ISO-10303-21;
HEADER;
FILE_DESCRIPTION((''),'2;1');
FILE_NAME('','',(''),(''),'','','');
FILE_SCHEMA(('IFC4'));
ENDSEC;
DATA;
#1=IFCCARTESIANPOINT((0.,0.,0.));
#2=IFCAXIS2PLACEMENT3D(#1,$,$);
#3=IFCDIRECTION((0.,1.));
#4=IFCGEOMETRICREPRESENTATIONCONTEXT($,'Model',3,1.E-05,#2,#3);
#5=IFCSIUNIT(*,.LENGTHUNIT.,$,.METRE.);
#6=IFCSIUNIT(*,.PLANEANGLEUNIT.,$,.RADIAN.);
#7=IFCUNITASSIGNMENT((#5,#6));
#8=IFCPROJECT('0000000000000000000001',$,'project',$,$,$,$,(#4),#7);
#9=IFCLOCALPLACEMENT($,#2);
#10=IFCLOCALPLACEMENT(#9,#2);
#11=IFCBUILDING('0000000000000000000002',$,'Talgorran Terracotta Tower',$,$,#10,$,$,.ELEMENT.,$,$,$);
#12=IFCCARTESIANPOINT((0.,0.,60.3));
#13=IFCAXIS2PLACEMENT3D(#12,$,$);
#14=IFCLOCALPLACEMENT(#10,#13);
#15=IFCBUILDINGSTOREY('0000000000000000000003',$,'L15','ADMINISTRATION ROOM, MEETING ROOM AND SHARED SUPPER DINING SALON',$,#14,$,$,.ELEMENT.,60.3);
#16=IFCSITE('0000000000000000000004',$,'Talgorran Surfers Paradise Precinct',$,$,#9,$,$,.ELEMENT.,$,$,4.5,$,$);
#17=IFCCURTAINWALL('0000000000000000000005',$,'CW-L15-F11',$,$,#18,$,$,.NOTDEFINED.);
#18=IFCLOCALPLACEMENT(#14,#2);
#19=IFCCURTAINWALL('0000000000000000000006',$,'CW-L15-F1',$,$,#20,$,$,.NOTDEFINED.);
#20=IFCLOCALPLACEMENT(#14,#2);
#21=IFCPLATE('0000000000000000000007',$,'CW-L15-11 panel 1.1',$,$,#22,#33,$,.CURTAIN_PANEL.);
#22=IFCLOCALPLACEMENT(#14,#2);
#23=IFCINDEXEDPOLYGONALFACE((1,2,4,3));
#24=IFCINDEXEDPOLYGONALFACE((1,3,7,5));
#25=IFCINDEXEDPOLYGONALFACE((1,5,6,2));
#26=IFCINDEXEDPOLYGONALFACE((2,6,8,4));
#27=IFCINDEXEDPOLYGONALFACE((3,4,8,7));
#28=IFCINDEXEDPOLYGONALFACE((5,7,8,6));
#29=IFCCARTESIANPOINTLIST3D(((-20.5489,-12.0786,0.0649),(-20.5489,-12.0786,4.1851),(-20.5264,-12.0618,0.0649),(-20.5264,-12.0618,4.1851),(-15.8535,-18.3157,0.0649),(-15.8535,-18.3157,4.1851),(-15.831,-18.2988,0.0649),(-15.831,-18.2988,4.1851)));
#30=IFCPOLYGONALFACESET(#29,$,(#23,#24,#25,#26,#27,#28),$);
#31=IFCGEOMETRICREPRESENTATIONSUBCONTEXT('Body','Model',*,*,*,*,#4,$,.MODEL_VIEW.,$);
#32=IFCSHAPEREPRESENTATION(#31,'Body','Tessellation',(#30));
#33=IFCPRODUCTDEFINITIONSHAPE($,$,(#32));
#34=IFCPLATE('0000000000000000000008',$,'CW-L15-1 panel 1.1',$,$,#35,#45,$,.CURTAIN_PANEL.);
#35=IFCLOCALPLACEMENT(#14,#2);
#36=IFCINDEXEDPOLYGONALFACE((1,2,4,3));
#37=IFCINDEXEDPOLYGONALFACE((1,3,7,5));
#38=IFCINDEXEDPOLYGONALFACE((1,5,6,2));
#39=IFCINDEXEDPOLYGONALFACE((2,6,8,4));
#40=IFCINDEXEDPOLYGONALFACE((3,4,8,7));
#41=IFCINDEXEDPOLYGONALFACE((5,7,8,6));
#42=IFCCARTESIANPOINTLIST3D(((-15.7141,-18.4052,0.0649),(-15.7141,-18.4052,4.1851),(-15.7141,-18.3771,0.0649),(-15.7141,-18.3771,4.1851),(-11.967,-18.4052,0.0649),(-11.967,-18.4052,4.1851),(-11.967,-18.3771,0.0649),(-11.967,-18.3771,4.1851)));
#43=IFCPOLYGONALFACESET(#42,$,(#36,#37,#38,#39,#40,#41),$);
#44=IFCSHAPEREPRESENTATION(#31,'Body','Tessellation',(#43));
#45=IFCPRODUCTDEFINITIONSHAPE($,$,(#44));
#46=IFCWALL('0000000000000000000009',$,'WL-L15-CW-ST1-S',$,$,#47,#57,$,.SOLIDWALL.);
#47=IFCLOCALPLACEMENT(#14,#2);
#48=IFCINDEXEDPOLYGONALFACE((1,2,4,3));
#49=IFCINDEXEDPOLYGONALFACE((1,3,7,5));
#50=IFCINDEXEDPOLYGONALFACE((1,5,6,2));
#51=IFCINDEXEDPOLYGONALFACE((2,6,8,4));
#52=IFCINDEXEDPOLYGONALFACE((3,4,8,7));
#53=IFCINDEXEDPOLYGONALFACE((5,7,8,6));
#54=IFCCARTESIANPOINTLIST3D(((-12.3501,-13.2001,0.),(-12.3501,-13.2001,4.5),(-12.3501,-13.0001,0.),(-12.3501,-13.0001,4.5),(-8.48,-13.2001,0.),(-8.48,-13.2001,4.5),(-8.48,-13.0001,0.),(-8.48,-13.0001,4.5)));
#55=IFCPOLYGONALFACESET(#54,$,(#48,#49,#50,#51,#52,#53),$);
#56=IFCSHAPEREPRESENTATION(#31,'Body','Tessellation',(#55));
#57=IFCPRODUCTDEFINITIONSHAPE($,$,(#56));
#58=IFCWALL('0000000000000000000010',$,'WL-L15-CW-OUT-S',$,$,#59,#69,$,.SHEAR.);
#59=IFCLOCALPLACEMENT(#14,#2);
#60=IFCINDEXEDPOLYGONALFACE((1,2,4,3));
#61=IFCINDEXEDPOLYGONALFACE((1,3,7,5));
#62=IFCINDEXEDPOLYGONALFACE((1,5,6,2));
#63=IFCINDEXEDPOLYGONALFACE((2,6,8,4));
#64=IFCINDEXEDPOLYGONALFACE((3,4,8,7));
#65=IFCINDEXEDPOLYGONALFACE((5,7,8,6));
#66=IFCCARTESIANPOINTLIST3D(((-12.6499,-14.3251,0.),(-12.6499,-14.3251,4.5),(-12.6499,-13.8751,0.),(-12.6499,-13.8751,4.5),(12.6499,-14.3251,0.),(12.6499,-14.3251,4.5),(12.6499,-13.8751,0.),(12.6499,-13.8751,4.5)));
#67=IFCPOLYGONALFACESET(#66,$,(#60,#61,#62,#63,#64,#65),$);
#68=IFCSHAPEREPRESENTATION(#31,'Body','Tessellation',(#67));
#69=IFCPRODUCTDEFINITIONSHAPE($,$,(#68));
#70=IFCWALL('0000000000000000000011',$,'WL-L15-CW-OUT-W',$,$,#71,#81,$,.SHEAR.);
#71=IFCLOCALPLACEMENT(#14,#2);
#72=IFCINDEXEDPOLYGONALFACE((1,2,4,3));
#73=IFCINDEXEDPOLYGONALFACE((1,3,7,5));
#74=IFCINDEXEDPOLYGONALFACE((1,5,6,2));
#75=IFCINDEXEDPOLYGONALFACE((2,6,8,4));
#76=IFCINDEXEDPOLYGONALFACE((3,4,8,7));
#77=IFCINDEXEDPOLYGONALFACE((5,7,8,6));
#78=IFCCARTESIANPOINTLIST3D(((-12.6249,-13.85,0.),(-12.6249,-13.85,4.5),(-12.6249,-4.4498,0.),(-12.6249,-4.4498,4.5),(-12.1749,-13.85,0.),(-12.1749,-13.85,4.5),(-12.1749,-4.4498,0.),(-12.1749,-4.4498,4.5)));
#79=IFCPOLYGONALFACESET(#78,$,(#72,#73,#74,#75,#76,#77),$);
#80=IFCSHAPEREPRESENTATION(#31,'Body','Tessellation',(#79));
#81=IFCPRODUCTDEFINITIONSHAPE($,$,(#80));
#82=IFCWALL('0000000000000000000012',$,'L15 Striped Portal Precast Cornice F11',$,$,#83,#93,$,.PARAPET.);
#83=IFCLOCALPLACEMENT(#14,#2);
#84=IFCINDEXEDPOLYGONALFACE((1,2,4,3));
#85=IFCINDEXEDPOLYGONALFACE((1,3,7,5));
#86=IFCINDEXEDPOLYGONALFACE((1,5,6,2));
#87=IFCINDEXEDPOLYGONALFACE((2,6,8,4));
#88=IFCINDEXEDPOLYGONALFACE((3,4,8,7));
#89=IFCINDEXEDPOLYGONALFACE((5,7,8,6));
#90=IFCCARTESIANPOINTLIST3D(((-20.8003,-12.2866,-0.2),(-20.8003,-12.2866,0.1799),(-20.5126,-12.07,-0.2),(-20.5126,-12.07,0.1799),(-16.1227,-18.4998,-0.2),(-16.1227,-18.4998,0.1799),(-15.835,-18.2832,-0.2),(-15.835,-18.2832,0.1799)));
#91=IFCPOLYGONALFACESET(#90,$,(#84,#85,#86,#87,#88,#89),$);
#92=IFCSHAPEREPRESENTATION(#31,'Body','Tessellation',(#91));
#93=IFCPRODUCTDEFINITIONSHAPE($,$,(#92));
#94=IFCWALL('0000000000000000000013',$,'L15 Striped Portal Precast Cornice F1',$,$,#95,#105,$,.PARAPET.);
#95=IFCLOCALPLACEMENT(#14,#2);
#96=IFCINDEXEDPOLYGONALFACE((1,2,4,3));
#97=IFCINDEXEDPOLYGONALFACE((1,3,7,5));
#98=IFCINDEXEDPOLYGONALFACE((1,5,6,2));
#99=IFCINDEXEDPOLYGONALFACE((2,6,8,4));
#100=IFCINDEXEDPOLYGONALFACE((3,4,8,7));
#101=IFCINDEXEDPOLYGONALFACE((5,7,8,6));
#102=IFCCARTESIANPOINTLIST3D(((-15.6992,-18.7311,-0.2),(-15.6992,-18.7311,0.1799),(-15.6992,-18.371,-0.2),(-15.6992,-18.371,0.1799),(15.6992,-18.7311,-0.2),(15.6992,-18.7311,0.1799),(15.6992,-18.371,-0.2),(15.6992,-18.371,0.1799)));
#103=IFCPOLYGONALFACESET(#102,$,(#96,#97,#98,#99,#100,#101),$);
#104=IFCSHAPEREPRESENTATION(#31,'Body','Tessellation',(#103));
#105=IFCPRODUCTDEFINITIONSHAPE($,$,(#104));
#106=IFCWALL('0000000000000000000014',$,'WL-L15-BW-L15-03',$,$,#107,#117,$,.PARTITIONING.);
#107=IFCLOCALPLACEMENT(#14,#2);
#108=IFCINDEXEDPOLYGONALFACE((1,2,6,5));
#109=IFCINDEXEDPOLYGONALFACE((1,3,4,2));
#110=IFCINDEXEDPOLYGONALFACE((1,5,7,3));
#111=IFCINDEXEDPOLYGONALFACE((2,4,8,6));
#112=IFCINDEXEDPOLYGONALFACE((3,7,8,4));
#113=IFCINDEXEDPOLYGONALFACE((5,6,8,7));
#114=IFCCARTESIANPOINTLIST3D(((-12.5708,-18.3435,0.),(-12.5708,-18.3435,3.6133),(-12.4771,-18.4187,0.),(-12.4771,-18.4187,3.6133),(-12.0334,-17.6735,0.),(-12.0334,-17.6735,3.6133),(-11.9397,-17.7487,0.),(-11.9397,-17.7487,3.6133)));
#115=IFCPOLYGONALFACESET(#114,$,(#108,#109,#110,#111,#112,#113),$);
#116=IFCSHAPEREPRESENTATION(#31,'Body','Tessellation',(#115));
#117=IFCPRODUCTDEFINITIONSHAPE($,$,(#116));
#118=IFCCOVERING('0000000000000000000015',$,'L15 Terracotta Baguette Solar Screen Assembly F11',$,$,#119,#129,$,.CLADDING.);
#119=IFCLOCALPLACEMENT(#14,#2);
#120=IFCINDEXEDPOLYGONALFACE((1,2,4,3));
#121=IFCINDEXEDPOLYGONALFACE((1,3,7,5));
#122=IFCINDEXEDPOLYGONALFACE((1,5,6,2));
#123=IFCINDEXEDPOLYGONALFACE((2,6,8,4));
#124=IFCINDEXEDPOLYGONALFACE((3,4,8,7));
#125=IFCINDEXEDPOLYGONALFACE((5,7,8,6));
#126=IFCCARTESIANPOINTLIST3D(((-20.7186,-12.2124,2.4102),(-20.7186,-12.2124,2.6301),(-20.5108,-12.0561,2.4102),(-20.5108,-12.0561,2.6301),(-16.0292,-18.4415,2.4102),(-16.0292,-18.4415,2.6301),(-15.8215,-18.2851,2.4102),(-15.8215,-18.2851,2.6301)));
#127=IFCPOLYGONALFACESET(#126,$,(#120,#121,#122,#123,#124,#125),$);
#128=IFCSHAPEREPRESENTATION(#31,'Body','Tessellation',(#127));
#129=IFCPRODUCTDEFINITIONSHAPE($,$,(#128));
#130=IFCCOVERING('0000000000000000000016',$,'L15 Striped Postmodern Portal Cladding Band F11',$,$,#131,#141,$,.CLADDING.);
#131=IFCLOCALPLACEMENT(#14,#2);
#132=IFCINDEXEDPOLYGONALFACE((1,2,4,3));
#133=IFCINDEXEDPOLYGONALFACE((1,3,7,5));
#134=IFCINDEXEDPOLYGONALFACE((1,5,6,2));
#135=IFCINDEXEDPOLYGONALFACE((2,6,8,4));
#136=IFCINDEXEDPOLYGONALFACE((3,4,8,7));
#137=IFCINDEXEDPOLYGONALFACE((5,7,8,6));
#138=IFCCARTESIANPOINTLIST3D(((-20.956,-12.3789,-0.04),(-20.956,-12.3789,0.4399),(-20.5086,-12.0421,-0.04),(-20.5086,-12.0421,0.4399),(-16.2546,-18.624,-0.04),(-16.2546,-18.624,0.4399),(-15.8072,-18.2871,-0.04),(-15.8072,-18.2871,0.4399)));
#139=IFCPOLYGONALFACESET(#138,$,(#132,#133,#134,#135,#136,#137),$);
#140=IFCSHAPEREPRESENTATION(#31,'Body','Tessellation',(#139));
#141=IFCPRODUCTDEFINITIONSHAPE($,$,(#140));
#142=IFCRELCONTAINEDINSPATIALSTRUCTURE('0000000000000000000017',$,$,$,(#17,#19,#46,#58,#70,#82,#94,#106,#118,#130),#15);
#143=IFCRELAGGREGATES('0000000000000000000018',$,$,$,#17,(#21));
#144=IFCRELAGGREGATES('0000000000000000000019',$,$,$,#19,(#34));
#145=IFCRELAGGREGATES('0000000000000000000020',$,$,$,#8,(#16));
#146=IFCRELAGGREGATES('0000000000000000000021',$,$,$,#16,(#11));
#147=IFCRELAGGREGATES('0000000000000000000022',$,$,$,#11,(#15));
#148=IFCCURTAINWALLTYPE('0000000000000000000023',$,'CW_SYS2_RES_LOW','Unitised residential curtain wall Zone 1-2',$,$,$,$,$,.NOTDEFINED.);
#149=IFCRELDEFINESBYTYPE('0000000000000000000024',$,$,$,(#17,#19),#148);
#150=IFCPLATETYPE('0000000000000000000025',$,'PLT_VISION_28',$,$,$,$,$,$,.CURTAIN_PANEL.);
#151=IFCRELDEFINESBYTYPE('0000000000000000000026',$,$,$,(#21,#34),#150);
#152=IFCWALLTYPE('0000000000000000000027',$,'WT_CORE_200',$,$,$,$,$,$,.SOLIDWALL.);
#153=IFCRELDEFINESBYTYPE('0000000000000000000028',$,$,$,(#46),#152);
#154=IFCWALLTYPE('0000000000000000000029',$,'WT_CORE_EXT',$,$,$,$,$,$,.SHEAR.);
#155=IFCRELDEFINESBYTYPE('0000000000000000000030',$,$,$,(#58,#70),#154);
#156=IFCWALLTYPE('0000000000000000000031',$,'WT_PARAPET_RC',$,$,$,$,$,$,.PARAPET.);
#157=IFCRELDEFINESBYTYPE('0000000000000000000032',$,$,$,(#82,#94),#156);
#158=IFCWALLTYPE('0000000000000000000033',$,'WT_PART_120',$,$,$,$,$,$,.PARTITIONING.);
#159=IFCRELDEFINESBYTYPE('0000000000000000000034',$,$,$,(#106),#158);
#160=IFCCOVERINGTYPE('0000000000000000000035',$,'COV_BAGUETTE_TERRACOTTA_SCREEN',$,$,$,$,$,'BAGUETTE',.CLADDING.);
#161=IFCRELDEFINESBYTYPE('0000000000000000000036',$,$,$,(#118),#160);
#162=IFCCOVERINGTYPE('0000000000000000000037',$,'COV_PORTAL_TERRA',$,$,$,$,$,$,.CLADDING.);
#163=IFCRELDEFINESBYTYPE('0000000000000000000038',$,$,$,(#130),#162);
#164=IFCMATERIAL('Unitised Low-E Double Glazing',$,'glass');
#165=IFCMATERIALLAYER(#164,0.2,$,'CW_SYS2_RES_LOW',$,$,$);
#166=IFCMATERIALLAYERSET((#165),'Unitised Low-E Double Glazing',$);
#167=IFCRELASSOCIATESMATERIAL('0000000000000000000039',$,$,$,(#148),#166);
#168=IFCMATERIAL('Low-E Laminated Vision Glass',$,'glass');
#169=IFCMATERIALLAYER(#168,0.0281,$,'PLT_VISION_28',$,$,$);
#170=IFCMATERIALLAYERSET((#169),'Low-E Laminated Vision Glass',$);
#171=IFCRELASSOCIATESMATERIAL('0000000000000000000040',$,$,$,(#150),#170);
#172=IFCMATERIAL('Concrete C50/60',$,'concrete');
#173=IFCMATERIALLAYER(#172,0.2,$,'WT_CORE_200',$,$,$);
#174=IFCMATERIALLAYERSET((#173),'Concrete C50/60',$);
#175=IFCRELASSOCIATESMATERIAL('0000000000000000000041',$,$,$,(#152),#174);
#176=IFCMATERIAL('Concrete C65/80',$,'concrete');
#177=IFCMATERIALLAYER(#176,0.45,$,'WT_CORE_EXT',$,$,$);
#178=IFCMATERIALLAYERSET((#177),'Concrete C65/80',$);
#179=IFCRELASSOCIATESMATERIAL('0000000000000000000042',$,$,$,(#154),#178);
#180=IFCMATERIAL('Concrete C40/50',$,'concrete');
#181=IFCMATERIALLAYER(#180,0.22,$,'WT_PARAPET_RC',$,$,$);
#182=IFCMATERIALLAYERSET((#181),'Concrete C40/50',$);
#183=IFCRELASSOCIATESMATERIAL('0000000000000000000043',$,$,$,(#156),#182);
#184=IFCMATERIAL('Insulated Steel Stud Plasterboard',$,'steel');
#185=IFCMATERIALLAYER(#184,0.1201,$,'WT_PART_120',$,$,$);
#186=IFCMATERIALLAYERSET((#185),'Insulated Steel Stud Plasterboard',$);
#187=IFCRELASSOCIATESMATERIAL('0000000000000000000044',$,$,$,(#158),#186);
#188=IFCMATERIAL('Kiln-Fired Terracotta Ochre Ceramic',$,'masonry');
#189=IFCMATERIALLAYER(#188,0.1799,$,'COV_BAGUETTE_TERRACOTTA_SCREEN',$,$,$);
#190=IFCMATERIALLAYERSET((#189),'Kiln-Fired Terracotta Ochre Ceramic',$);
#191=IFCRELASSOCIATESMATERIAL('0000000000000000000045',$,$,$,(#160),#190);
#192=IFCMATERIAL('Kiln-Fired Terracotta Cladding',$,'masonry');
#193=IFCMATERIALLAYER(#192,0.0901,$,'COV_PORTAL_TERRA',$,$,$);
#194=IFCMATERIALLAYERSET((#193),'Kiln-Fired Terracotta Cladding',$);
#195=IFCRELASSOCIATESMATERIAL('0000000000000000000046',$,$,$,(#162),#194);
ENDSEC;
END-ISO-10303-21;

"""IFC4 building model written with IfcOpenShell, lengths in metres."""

from ifc_helpers import new_model, si_unit, direction, frame, frame_2d, origin, origin_2d, place, context, subcontext, project, spatial, rectangle, extrude, source, transform, mapped, material, layer, layer_set, type_object, type_shapes, element, aggregate, save


model = new_model("IFC4")

# Units and contexts
model_context = context("Model", 3, precision=1e-05, world=origin(), true_north=direction((0.0, 1.0)))
body_context = subcontext(model_context, "Body", "Model", "MODEL_VIEW")
ifc_project = project(units=[si_unit("LENGTHUNIT", "METRE"), si_unit("PLANEANGLEUNIT", "RADIAN")], contexts=[model_context])

# Site, building, storey
site_placement = place(None, origin())
site = spatial("IfcSite", under=ifc_project, at=site_placement, Name="Talgorran Surfers Paradise Precinct", CompositionType="ELEMENT", RefElevation=4.5)
building_placement = place(site_placement, origin())
building = spatial("IfcBuilding", under=site, at=building_placement, Name="Talgorran Terracotta Tower", CompositionType="ELEMENT")
storey_placement = place(building_placement, frame((0.0, 0.0, 60.3)))
storey = spatial("IfcBuildingStorey", under=building, at=storey_placement, Name="L15", Description="ADMINISTRATION ROOM, MEETING ROOM AND SHARED SUPPER DINING SALON", CompositionType="ELEMENT", Elevation=60.3)

# Curtain wall
ifc_material_1 = material(Name="Unitised Low-E Double Glazing", Category="glass")
ifc_layer_1 = layer(ifc_material_1, 0.2, Name="CW_SYS2_RES_LOW")
ifc_layer_set_1 = layer_set([ifc_layer_1], Name="Unitised Low-E Double Glazing")
curtain_wall_type = type_object("IfcCurtainWallType", Name="CW_SYS2_RES_LOW", Description="Unitised residential curtain wall Zone 1-2", PredefinedType="NOTDEFINED", material=ifc_layer_set_1)
curtain_wall_1_placement = place(storey_placement, origin())
curtain_wall_1 = element("IfcCurtainWall", 1, at=curtain_wall_1_placement, inside=storey, type_object=curtain_wall_type, Name="CW-L15-F11", PredefinedType="NOTDEFINED")

# Curtain wall
curtain_wall_2_placement = place(storey_placement, origin())
curtain_wall_2 = element("IfcCurtainWall", 2, at=curtain_wall_2_placement, inside=storey, type_object=curtain_wall_type, Name="CW-L15-F1", PredefinedType="NOTDEFINED")

# Plates
ifc_material_2 = material(Name="Low-E Laminated Vision Glass", Category="glass")
ifc_layer_2 = layer(ifc_material_2, 0.0281, Name="PLT_VISION_28")
ifc_layer_set_2 = layer_set([ifc_layer_2], Name="Low-E Laminated Vision Glass")
plate_type = type_object("IfcPlateType", Name="PLT_VISION_28", PredefinedType="CURTAIN_PANEL", material=ifc_layer_set_2)
shared_shape_1 = source(origin(), body_context, "Body", "SweptSolid", [
    extrude(rectangle(XDim=7.8069, YDim=0.0281, at=origin_2d()), origin(), (0.0, 0.0, 1.0), 4.1201),
])
plate_1_placement = place(storey_placement, frame((-18.1899, -15.1887, 0.0649), z_axis=(0.0, 0.0, 1.0), x_axis=(0.601444, -0.798915, 0.0)))
plate_1 = element("IfcPlate", 3, at=plate_1_placement, type_object=plate_type, Name="CW-L15-11 panel 1.1", PredefinedType="CURTAIN_PANEL", context=body_context, shape_type="MappedRepresentation", body=[
    mapped(shared_shape_1, transform((0.0, 0.0, 0.0), scale=1.0)),
])
aggregate(curtain_wall_1, [plate_1])
shared_shape_2 = source(origin(), body_context, "Body", "SweptSolid", [
    extrude(rectangle(XDim=3.7471, YDim=0.0281, at=origin_2d()), origin(), (0.0, 0.0, 1.0), 4.1201),
])
type_shapes(plate_type, [shared_shape_1, shared_shape_2])
plate_2_placement = place(storey_placement, frame((-13.8406, -18.3911, 0.0649), z_axis=(0.0, 0.0, 1.0), x_axis=(1.0, 0.0, 0.0)))
plate_2 = element("IfcPlate", 4, at=plate_2_placement, type_object=plate_type, Name="CW-L15-1 panel 1.1", PredefinedType="CURTAIN_PANEL", context=body_context, shape_type="MappedRepresentation", body=[
    mapped(shared_shape_2, transform((0.0, 0.0, 0.0), scale=1.0)),
])
aggregate(curtain_wall_2, [plate_2])

# Walls
ifc_material_3 = material(Name="Concrete C50/60", Category="concrete")
ifc_layer_3 = layer(ifc_material_3, 0.2, Name="WT_CORE_200")
ifc_layer_set_3 = layer_set([ifc_layer_3], Name="Concrete C50/60")
wall_type_1 = type_object("IfcWallType", Name="WT_CORE_200", PredefinedType="SOLIDWALL", material=ifc_layer_set_3)
wall_1_placement = place(storey_placement, frame((-12.3501, -13.1001, 0.0), z_axis=(0.0, 0.0, 1.0), x_axis=(1.0, 0.0, 0.0)))
element("IfcWall", 5, at=wall_1_placement, inside=storey, type_object=wall_type_1, Name="WL-L15-CW-ST1-S", PredefinedType="SOLIDWALL", context=body_context, shape_type="SweptSolid", body=[
    extrude(rectangle(XDim=3.8701, YDim=0.2, at=frame_2d((1.9351, 0.0))), origin(), (0.0, 0.0, 1.0), 4.5),
])
ifc_material_4 = material(Name="Concrete C65/80", Category="concrete")
ifc_layer_4 = layer(ifc_material_4, 0.45, Name="WT_CORE_EXT")
ifc_layer_set_4 = layer_set([ifc_layer_4], Name="Concrete C65/80")
wall_type_2 = type_object("IfcWallType", Name="WT_CORE_EXT", PredefinedType="SHEAR", material=ifc_layer_set_4)
wall_2_placement = place(storey_placement, frame((-12.6499, -14.1001, 0.0), z_axis=(0.0, 0.0, 1.0), x_axis=(1.0, 0.0, 0.0)))
element("IfcWall", 6, at=wall_2_placement, inside=storey, type_object=wall_type_2, Name="WL-L15-CW-OUT-S", PredefinedType="SHEAR", context=body_context, shape_type="SweptSolid", body=[
    extrude(rectangle(XDim=25.2998, YDim=0.45, at=frame_2d((12.6499, 0.0))), origin(), (0.0, 0.0, 1.0), 4.5),
])
wall_3_placement = place(storey_placement, frame((-12.3999, -13.8501, 0.0), z_axis=(0.0, 0.0, 1.0), x_axis=(0.0, 1.0, 0.0)))
element("IfcWall", 7, at=wall_3_placement, inside=storey, type_object=wall_type_2, Name="WL-L15-CW-OUT-W", PredefinedType="SHEAR", context=body_context, shape_type="SweptSolid", body=[
    extrude(rectangle(XDim=9.4001, YDim=0.45, at=frame_2d((4.7002, 0.0))), origin(), (0.0, 0.0, 1.0), 4.5),
])
ifc_material_5 = material(Name="Concrete C40/50", Category="concrete")
ifc_layer_5 = layer(ifc_material_5, 0.22, Name="WT_PARAPET_RC")
ifc_layer_set_5 = layer_set([ifc_layer_5], Name="Concrete C40/50")
wall_type_3 = type_object("IfcWallType", Name="WT_PARAPET_RC", PredefinedType="PARAPET", material=ifc_layer_set_5)
wall_4_placement = place(storey_placement, frame((-20.6565, -12.1782, -0.2), z_axis=(0.0, 0.0, 1.0), x_axis=(0.601451, -0.79891, 0.0)))
element("IfcWall", 8, at=wall_4_placement, inside=storey, type_object=wall_type_3, Name="L15 Striped Portal Precast Cornice F11", PredefinedType="PARAPET", context=body_context, shape_type="SweptSolid", body=[
    extrude(rectangle(XDim=7.7771, YDim=0.3601, at=frame_2d((3.8887, 0.0))), origin(), (0.0, 0.0, 1.0), 0.3799),
])
wall_5_placement = place(storey_placement, frame((-15.6992, -18.551, -0.2), z_axis=(0.0, 0.0, 1.0), x_axis=(1.0, 0.0, 0.0)))
element("IfcWall", 9, at=wall_5_placement, inside=storey, type_object=wall_type_3, Name="L15 Striped Portal Precast Cornice F1", PredefinedType="PARAPET", context=body_context, shape_type="SweptSolid", body=[
    extrude(rectangle(XDim=31.3984, YDim=0.3601, at=frame_2d((15.6992, 0.0))), origin(), (0.0, 0.0, 1.0), 0.3799),
])
ifc_material_6 = material(Name="Insulated Steel Stud Plasterboard", Category="steel")
ifc_layer_6 = layer(ifc_material_6, 0.1201, Name="WT_PART_120")
ifc_layer_set_6 = layer_set([ifc_layer_6], Name="Insulated Steel Stud Plasterboard")
wall_type_4 = type_object("IfcWallType", Name="WT_PART_120", PredefinedType="PARTITIONING", material=ifc_layer_set_6)
wall_6_placement = place(storey_placement, frame((-12.5239, -18.3811, 0.0), z_axis=(0.0, 0.0, 1.0), x_axis=(0.6257, 0.780064, 0.0)))
element("IfcWall", 10, at=wall_6_placement, inside=storey, type_object=wall_type_4, Name="WL-L15-BW-L15-03", PredefinedType="PARTITIONING", context=body_context, shape_type="SweptSolid", body=[
    extrude(rectangle(XDim=0.8589, YDim=0.1201, at=frame_2d((0.4294, 0.0))), origin(), (0.0, 0.0, 1.0), 3.6133),
])

# Coverings
ifc_material_7 = material(Name="Kiln-Fired Terracotta Ochre Ceramic", Category="masonry")
ifc_layer_7 = layer(ifc_material_7, 0.1799, Name="COV_BAGUETTE_TERRACOTTA_SCREEN")
ifc_layer_set_7 = layer_set([ifc_layer_7], Name="Kiln-Fired Terracotta Ochre Ceramic")
covering_type_1 = type_object("IfcCoveringType", Name="COV_BAGUETTE_TERRACOTTA_SCREEN", ElementType="BAGUETTE", PredefinedType="CLADDING", material=ifc_layer_set_7)
covering_1_placement = place(storey_placement, frame((-18.27, -15.2488, 2.4102), z_axis=(0.0, 0.0, 1.0), x_axis=(0.601439, -0.798919, 0.0)))
element("IfcCovering", 11, at=covering_1_placement, inside=storey, type_object=covering_type_1, Name="L15 Terracotta Baguette Solar Screen Assembly F11", PredefinedType="CLADDING", context=body_context, shape_type="SweptSolid", body=[
    extrude(rectangle(XDim=7.7969, YDim=0.26, at=origin_2d()), origin(), (0.0, 0.0, 1.0), 0.22),
])
ifc_material_8 = material(Name="Kiln-Fired Terracotta Cladding", Category="masonry")
ifc_layer_8 = layer(ifc_material_8, 0.0901, Name="COV_PORTAL_TERRA")
ifc_layer_set_8 = layer_set([ifc_layer_8], Name="Kiln-Fired Terracotta Cladding")
covering_type_2 = type_object("IfcCoveringType", Name="COV_PORTAL_TERRA", PredefinedType="CLADDING", material=ifc_layer_set_8)
covering_2_placement = place(storey_placement, frame((-18.3816, -15.333, -0.04), z_axis=(0.0, 0.0, 1.0), x_axis=(0.601439, -0.798919, 0.0)))
element("IfcCovering", 12, at=covering_2_placement, inside=storey, type_object=covering_type_2, Name="L15 Striped Postmodern Portal Cladding Band F11", PredefinedType="CLADDING", context=body_context, shape_type="SweptSolid", body=[
    extrude(rectangle(XDim=7.8169, YDim=0.5601, at=origin_2d()), origin(), (0.0, 0.0, 1.0), 0.48),
])

save(model, "model.ifc")
